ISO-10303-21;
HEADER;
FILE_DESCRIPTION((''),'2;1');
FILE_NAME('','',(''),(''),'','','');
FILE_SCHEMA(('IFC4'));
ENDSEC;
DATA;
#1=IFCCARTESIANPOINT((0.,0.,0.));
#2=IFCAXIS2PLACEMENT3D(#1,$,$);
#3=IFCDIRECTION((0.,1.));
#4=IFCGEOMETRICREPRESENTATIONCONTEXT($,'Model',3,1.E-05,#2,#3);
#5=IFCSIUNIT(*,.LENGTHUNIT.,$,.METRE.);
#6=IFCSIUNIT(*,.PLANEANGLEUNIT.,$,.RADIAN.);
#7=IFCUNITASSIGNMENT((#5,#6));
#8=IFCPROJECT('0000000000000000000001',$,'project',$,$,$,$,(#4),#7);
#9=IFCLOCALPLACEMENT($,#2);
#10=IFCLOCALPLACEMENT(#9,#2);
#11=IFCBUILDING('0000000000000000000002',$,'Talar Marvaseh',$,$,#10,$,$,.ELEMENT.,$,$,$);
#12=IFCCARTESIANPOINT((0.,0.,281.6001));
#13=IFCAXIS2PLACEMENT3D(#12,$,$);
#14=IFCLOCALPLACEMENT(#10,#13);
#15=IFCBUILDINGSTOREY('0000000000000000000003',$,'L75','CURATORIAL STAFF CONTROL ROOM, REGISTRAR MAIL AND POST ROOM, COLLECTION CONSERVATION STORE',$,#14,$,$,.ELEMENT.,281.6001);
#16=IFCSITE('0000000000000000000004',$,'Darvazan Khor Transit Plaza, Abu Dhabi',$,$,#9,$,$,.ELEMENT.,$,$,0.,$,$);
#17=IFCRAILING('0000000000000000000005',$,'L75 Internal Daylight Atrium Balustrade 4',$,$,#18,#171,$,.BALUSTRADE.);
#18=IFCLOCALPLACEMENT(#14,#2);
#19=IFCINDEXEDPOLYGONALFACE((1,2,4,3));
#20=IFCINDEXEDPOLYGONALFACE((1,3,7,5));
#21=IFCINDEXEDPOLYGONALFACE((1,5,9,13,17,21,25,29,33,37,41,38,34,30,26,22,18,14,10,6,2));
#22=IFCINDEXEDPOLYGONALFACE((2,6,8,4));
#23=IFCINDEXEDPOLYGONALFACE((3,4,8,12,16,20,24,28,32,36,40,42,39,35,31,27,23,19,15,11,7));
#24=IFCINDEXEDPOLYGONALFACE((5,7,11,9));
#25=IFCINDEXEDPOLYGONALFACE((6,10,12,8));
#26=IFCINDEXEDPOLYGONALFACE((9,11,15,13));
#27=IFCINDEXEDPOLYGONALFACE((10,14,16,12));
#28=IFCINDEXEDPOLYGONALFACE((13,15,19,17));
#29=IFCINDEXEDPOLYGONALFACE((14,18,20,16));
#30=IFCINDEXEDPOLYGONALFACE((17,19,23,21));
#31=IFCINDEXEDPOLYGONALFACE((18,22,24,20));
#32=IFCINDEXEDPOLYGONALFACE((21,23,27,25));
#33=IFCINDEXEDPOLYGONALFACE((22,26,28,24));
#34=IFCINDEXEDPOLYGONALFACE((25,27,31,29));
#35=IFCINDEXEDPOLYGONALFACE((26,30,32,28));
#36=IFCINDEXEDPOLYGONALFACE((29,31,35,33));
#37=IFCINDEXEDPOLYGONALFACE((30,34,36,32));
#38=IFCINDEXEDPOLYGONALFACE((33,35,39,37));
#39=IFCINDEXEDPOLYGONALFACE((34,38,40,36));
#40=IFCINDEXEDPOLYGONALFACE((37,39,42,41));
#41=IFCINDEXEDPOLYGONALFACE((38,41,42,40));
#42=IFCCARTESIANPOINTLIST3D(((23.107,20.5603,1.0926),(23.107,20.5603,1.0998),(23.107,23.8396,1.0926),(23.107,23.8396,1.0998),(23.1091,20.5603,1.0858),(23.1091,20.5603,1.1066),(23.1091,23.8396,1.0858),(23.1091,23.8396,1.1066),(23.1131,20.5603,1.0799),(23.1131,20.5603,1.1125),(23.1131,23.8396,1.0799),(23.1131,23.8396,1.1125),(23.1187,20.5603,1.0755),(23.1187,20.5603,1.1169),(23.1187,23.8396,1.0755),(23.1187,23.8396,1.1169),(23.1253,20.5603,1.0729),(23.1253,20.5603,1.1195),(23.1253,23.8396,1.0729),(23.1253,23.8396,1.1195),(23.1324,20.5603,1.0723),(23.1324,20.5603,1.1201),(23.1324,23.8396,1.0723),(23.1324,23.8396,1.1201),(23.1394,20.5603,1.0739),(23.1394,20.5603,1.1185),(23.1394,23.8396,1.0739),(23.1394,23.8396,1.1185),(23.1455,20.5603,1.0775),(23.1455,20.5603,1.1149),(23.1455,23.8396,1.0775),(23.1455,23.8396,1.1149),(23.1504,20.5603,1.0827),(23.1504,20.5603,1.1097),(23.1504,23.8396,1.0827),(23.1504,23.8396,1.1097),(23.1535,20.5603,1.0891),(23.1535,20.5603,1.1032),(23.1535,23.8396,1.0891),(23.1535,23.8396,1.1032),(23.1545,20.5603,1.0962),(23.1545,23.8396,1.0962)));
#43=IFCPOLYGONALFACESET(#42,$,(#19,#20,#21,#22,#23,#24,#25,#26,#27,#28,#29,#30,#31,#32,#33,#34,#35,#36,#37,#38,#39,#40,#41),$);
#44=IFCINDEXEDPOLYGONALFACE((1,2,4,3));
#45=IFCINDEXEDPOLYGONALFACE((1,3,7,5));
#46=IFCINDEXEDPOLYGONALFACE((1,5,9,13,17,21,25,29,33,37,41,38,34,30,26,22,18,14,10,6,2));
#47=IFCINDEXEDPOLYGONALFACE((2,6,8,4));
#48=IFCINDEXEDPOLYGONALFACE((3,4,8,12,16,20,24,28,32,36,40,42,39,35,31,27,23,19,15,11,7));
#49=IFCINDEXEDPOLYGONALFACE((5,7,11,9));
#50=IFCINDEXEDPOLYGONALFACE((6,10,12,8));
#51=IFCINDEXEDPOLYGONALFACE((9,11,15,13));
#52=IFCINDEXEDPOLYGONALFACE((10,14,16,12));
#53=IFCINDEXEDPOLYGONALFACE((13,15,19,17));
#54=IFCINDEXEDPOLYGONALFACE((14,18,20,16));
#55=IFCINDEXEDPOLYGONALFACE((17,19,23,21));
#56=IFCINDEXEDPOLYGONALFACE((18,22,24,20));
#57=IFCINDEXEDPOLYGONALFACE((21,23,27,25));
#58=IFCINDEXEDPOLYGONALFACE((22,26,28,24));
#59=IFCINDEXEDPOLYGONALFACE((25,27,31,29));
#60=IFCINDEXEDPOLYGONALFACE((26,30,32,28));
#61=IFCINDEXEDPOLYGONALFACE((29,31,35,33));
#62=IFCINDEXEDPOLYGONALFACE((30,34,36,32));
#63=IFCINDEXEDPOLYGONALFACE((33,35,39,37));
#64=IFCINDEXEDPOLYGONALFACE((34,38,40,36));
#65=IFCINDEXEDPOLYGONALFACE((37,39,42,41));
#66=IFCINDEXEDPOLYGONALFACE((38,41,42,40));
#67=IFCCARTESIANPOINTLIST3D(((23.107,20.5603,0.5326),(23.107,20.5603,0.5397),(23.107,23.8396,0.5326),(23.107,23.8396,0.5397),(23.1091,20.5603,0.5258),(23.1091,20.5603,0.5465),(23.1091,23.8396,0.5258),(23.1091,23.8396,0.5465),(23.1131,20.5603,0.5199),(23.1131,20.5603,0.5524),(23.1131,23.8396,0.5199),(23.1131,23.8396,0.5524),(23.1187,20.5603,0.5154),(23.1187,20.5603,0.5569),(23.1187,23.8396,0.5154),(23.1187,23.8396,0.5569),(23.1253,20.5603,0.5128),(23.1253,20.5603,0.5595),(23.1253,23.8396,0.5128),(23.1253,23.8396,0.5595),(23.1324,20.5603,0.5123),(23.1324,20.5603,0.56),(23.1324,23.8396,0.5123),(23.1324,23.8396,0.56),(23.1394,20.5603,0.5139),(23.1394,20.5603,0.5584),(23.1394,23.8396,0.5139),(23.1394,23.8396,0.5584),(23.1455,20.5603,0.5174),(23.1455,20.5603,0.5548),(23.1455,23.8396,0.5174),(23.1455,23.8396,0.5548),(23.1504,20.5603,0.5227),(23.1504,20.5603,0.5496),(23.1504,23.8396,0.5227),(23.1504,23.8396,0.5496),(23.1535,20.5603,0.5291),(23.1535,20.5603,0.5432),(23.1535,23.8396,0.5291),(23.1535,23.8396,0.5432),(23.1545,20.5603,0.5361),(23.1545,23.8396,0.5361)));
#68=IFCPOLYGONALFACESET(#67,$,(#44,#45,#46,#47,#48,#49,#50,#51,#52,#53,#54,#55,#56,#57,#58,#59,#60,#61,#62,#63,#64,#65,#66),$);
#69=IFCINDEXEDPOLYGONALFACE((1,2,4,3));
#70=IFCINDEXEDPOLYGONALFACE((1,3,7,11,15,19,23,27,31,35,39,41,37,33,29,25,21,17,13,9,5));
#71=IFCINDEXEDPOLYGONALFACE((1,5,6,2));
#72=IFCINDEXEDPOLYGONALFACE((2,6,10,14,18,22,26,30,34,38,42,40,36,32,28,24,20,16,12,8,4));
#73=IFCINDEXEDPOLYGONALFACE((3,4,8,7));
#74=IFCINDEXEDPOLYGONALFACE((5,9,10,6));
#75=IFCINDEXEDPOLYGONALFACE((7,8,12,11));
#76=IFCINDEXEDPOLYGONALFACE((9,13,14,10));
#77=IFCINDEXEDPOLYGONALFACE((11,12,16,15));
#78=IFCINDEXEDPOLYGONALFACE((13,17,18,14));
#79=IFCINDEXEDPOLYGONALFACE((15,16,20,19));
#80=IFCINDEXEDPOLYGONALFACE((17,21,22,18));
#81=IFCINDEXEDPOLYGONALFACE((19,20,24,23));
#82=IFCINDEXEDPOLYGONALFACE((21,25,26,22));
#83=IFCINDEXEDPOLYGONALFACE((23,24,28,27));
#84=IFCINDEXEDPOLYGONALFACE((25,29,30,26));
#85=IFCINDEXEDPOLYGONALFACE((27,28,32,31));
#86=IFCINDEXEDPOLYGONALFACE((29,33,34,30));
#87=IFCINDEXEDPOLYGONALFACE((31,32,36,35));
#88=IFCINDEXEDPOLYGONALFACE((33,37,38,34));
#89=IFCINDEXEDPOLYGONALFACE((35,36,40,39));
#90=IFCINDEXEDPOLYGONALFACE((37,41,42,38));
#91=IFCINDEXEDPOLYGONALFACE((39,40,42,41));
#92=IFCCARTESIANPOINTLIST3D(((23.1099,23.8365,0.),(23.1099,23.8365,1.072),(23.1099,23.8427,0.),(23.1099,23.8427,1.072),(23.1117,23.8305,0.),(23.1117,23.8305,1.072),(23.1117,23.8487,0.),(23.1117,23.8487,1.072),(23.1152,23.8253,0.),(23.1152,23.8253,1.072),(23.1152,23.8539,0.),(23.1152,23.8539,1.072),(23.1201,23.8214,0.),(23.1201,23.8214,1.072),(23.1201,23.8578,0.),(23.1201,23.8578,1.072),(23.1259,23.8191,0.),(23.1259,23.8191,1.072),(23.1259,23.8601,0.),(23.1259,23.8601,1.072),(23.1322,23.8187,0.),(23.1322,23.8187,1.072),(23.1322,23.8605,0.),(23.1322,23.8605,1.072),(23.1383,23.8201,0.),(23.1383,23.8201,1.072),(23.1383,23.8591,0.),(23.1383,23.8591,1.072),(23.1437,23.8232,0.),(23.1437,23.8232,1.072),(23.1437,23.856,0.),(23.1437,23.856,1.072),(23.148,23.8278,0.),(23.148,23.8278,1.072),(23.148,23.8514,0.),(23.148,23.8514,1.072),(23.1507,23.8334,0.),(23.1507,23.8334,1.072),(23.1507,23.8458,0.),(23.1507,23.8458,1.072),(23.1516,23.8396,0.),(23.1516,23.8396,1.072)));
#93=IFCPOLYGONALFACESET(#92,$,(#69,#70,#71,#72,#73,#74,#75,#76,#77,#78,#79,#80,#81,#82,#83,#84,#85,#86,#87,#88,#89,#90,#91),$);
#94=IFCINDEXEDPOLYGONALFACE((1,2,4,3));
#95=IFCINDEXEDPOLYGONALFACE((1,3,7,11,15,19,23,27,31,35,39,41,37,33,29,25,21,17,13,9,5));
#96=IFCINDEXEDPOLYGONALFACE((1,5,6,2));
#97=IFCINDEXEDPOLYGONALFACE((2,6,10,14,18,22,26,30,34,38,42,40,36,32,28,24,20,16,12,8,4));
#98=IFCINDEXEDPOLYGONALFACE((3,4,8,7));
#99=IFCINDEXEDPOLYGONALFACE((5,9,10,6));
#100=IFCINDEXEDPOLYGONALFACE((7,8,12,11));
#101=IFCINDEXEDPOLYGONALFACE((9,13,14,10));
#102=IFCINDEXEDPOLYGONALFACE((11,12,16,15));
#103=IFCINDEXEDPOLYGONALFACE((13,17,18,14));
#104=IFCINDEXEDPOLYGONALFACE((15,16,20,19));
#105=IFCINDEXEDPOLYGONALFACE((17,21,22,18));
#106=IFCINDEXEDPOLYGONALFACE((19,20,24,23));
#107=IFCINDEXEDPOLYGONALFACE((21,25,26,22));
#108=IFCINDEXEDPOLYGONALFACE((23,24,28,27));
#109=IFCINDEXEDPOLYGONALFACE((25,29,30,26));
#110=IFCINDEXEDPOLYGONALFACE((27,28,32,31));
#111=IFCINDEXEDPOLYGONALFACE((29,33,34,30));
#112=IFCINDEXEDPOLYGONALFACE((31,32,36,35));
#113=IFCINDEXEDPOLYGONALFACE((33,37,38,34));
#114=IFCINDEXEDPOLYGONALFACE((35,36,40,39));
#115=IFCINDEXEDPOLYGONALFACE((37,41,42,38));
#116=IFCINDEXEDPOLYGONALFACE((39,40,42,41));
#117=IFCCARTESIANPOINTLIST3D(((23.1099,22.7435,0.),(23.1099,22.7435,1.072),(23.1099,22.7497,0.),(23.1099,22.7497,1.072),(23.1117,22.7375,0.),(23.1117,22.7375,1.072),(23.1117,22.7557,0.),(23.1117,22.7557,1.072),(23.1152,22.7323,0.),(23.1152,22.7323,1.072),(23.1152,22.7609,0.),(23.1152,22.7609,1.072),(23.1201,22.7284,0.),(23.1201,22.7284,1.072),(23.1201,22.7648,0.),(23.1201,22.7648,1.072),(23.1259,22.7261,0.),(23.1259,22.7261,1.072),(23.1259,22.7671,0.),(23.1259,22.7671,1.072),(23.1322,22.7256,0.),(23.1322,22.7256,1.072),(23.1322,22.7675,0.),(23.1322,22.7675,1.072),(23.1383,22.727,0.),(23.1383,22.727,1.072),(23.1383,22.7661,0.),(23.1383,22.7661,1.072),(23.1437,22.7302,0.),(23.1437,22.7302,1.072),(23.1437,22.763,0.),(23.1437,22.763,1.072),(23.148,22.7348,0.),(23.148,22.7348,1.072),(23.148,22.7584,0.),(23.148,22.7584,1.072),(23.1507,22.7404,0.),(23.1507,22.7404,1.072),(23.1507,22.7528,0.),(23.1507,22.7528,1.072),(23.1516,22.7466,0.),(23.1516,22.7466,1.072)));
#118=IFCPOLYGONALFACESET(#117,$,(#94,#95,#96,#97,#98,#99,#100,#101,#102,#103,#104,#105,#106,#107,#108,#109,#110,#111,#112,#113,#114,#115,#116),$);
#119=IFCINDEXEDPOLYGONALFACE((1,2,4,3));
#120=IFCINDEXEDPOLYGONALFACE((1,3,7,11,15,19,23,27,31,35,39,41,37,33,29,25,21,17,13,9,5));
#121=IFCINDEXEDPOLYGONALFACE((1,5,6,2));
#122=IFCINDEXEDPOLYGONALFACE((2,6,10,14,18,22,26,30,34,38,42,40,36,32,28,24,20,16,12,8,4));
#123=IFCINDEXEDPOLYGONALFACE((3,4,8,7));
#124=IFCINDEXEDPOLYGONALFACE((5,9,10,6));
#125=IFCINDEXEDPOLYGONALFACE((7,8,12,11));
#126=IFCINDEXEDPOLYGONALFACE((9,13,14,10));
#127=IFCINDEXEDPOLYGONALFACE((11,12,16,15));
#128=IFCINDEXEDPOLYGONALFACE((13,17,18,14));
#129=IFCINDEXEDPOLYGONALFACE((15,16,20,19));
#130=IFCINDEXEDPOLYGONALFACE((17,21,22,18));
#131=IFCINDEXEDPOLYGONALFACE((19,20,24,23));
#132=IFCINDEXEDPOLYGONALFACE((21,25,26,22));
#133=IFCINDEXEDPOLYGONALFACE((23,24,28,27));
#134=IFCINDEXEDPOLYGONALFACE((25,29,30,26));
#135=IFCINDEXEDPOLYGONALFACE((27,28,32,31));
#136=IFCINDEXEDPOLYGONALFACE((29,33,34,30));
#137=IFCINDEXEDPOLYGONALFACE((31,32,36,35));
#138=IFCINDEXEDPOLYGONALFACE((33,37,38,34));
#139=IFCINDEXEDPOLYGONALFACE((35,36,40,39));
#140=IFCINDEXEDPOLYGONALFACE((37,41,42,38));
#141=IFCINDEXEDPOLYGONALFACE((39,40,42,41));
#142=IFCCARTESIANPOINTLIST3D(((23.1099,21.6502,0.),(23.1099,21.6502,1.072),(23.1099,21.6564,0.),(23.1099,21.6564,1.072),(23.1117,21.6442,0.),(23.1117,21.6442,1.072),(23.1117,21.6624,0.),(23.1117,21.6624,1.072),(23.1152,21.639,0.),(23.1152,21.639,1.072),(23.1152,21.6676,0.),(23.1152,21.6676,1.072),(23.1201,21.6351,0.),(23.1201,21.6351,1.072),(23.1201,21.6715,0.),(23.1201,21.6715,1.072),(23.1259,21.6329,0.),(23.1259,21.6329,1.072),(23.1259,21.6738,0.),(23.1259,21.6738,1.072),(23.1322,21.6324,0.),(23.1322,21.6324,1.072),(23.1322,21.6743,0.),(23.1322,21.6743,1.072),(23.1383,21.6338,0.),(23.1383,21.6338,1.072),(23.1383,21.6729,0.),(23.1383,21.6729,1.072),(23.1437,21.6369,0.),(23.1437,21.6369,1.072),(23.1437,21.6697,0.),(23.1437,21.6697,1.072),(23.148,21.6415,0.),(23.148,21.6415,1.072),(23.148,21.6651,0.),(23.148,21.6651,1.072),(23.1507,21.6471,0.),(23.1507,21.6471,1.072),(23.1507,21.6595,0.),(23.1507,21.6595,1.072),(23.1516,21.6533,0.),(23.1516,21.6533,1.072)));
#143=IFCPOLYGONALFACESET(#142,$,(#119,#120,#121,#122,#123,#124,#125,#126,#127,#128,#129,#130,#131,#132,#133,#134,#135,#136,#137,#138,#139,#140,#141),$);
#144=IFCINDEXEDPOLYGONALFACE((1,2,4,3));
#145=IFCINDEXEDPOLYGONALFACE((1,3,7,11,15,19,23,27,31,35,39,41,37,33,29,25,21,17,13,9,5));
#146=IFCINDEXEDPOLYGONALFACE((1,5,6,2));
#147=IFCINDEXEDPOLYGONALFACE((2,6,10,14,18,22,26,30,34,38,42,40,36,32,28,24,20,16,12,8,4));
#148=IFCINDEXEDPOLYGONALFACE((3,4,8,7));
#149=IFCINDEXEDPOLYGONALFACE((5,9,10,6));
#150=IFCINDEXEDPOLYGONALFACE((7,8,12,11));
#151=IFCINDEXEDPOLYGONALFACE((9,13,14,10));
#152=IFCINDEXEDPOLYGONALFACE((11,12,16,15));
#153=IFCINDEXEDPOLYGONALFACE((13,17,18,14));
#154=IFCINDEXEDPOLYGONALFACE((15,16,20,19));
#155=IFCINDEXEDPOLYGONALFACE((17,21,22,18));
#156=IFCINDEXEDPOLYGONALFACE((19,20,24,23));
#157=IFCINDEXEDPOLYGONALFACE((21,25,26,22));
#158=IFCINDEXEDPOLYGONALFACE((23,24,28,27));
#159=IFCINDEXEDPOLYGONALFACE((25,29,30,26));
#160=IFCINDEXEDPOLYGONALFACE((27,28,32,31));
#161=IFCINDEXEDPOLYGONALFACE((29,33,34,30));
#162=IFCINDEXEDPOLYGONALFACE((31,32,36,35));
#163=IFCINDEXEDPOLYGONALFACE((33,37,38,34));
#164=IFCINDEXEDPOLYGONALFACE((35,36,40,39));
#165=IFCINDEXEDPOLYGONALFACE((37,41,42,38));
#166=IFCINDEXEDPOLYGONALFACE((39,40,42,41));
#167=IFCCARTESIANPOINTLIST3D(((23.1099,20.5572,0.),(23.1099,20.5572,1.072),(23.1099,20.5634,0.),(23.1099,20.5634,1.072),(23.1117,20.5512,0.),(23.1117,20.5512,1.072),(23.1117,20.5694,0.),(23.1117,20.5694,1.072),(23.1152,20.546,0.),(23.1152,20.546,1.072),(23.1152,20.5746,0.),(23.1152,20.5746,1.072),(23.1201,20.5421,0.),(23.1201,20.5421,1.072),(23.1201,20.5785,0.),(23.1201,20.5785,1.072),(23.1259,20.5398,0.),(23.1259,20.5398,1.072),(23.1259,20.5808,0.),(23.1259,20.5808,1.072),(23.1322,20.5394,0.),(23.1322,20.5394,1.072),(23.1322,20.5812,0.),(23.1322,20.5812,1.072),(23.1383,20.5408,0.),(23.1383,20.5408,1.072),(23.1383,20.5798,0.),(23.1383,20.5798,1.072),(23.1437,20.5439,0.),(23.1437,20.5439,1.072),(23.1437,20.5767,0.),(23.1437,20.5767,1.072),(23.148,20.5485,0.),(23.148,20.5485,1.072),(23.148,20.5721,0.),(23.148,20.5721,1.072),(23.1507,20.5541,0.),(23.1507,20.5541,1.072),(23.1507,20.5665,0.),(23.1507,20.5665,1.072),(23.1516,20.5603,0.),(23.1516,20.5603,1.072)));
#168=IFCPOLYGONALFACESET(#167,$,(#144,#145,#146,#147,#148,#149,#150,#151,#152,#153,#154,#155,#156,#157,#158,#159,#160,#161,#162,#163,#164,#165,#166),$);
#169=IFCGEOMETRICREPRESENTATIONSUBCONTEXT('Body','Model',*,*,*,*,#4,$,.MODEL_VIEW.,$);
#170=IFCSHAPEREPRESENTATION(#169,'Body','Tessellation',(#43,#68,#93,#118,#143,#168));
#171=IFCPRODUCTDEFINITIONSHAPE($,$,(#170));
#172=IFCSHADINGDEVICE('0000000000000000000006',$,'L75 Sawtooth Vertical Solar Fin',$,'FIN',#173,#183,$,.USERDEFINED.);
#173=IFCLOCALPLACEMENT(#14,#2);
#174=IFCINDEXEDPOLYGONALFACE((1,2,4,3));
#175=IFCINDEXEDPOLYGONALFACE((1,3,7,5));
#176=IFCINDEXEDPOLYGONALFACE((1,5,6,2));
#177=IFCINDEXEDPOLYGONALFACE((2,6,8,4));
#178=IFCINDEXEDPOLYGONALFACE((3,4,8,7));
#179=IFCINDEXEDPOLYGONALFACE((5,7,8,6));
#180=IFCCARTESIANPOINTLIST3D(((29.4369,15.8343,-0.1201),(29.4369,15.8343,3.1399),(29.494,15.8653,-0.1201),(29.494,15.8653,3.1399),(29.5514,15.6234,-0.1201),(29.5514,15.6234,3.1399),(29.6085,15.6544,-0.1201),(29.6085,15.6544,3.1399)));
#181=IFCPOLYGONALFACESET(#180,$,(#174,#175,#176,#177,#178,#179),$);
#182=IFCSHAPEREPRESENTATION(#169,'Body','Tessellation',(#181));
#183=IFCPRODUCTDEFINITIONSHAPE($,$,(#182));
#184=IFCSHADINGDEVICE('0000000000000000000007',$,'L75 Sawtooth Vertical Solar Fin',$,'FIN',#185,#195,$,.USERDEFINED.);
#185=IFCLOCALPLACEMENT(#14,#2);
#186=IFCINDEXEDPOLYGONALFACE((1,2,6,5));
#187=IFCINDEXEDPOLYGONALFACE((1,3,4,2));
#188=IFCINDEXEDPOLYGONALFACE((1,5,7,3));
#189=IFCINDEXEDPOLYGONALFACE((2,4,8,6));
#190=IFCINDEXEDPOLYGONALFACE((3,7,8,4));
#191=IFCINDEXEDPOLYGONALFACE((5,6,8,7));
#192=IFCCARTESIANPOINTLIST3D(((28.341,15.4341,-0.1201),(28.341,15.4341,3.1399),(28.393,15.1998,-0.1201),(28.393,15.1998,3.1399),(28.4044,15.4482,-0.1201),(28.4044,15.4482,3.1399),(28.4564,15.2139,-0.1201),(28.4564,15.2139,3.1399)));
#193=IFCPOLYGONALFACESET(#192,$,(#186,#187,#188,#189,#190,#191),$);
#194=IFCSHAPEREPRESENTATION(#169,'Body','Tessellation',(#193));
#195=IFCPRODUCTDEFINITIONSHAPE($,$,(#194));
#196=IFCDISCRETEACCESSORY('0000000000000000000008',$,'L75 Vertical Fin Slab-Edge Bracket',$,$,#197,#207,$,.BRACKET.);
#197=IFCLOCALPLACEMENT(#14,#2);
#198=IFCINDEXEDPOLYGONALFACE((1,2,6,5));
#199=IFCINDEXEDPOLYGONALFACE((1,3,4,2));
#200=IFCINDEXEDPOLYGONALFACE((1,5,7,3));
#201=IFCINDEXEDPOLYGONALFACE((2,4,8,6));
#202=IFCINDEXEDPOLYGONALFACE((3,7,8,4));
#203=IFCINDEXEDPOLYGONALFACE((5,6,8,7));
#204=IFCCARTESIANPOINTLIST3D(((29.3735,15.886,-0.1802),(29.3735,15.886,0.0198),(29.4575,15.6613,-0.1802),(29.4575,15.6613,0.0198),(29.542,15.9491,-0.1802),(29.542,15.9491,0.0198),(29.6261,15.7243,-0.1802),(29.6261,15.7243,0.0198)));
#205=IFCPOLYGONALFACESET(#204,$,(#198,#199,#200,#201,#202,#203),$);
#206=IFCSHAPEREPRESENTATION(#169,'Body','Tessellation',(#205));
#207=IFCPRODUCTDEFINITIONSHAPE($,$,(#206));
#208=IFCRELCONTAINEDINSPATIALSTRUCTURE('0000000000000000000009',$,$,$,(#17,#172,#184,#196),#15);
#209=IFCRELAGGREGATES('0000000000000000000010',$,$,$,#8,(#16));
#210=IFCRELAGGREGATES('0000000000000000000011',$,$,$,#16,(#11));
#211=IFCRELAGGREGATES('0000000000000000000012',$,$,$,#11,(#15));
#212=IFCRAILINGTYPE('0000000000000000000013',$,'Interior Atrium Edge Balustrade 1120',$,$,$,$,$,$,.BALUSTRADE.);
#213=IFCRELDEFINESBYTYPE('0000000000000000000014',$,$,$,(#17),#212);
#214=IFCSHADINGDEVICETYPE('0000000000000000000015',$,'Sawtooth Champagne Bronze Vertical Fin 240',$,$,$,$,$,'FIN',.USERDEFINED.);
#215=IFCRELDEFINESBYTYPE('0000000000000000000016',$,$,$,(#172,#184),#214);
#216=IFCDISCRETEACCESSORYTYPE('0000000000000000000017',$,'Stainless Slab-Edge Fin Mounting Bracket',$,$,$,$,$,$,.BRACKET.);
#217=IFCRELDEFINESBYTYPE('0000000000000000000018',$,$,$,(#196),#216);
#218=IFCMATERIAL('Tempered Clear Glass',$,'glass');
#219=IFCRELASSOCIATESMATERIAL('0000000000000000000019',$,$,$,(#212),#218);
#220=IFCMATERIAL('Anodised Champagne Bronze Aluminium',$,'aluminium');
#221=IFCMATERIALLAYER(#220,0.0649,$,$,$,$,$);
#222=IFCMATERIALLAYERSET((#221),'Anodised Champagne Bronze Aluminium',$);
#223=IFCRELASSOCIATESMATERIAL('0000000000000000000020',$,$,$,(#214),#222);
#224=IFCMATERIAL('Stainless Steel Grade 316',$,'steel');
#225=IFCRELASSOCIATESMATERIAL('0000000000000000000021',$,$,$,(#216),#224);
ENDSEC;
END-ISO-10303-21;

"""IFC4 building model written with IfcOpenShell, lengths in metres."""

from ifc_helpers import new_model, si_unit, direction, frame, origin, origin_2d, place, context, subcontext, project, spatial, rectangle, circle, extrude, source, transform, mapped, material, layer, layer_set, type_object, type_shapes, element, save


model = new_model("IFC4")

# Units and contexts
model_context = context("Model", 3, precision=1e-05, world=origin(), true_north=direction((0.0, 1.0)))
body_context = subcontext(model_context, "Body", "Model", "MODEL_VIEW")
ifc_project = project(units=[si_unit("LENGTHUNIT", "METRE"), si_unit("PLANEANGLEUNIT", "RADIAN")], contexts=[model_context])

# Site, building, storey
site_placement = place(None, origin())
site = spatial("IfcSite", under=ifc_project, at=site_placement, Name="Darvazan Khor Transit Plaza, Abu Dhabi", CompositionType="ELEMENT", RefElevation=0.0)
building_placement = place(site_placement, origin())
building = spatial("IfcBuilding", under=site, at=building_placement, Name="Talar Marvaseh", CompositionType="ELEMENT")
storey_placement = place(building_placement, frame((0.0, 0.0, 281.6001)))
storey = spatial("IfcBuildingStorey", under=building, at=storey_placement, Name="L75", Description="CURATORIAL STAFF CONTROL ROOM, REGISTRAR MAIL AND POST ROOM, COLLECTION CONSERVATION STORE", CompositionType="ELEMENT", Elevation=281.6001)

# Railing
ifc_material_1 = material(Name="Tempered Clear Glass", Category="glass")
railing_type = type_object("IfcRailingType", Name="Interior Atrium Edge Balustrade 1120", PredefinedType="BALUSTRADE", material=ifc_material_1)
railing_1_placement = place(storey_placement, frame((23.1306, 23.8396, 0.0)))
element("IfcRailing", 1, at=railing_1_placement, inside=storey, type_object=railing_type, Name="L75 Internal Daylight Atrium Balustrade 4", PredefinedType="BALUSTRADE", context=body_context, shape_type="SweptSolid", body=[
    extrude(circle(Radius=0.0239, at=origin_2d()), frame((0.0, 0.0, 1.0962), z_axis=(0.0, -1.0, 0.0), x_axis=(1.0, 0.0, 0.0)), (0.0, 0.0, 1.0), 3.2793),
    extrude(circle(Radius=0.0239, at=origin_2d()), frame((0.0, 0.0, 0.5361), z_axis=(0.0, -1.0, 0.0), x_axis=(1.0, 0.0, 0.0)), (0.0, 0.0, 1.0), 3.2793),
    extrude(circle(Radius=0.021, at=origin_2d()), origin(), (0.0, 0.0, 1.0), 1.072),
    extrude(circle(Radius=0.021, at=origin_2d()), frame((0.0, -1.093, 0.0)), (0.0, 0.0, 1.0), 1.072),
    extrude(circle(Radius=0.021, at=origin_2d()), frame((0.0, -2.1863, 0.0)), (0.0, 0.0, 1.0), 1.072),
    extrude(circle(Radius=0.021, at=origin_2d()), frame((0.0, -3.2793, 0.0)), (0.0, 0.0, 1.0), 1.072),
])

# Shading devices
ifc_material_2 = material(Name="Anodised Champagne Bronze Aluminium", Category="aluminium")
ifc_layer_1 = layer(ifc_material_2, 0.0649)
ifc_layer_set_1 = layer_set([ifc_layer_1], Name="Anodised Champagne Bronze Aluminium")
shading_device_type = type_object("IfcShadingDeviceType", Name="Sawtooth Champagne Bronze Vertical Fin 240", ElementType="FIN", PredefinedType="USERDEFINED", material=ifc_layer_set_1)
shared_shape_1 = source(origin(), body_context, "Body", "SweptSolid", [
    extrude(rectangle(XDim=0.24, YDim=0.0649, at=origin_2d()), origin(), (0.0, 0.0, 1.0), 3.26),
])
type_shapes(shading_device_type, [shared_shape_1])
for number, where, z_axis, x_axis, name in (
    (2, (29.5227, 15.7444, -0.1201), (0.0, 0.0, 1.0), (0.477312, -0.878734, 0.0), "L75 Sawtooth Vertical Solar Fin"),
    (3, (28.3987, 15.324, -0.1201), (0.0, 0.0, 1.0), (0.21661, -0.976258, 0.0), "L75 Sawtooth Vertical Solar Fin"),
):
    element("IfcShadingDevice", number, at=place(storey_placement, frame(where, z_axis=z_axis, x_axis=x_axis)), inside=storey, type_object=shading_device_type, Name=name, ObjectType="FIN", PredefinedType="USERDEFINED", context=body_context, shape_type="MappedRepresentation", body=[
        mapped(shared_shape_1, transform((0.0, 0.0, 0.0), x_axis=(1.0, 0.0, 0.0), y_axis=(0.0, 1.0, 0.0), z_axis=(0.0, 0.0, 1.0), scale=1.0)),
    ])

# Discrete accessory
ifc_material_3 = material(Name="Stainless Steel Grade 316", Category="steel")
discrete_accessory_type = type_object("IfcDiscreteAccessoryType", Name="Stainless Slab-Edge Fin Mounting Bracket", PredefinedType="BRACKET", material=ifc_material_3)
shared_shape_2 = source(origin(), body_context, "Body", "SweptSolid", [
    extrude(rectangle(XDim=0.24, YDim=0.1799, at=origin_2d()), origin(), (0.0, 0.0, 1.0), 0.2),
])
type_shapes(discrete_accessory_type, [shared_shape_2])
for number, where, z_axis, x_axis, name in (
    (4, (29.4998, 15.8052, -0.1802), (0.0, 0.0, 1.0), (0.350371, -0.936611, 0.0), "L75 Vertical Fin Slab-Edge Bracket"),
):
    element("IfcDiscreteAccessory", number, at=place(storey_placement, frame(where, z_axis=z_axis, x_axis=x_axis)), inside=storey, type_object=discrete_accessory_type, Name=name, PredefinedType="BRACKET", context=body_context, shape_type="MappedRepresentation", body=[
        mapped(shared_shape_2, transform((0.0, 0.0, 0.0), x_axis=(1.0, 0.0, 0.0), y_axis=(0.0, 1.0, 0.0), z_axis=(0.0, 0.0, 1.0), scale=1.0)),
    ])

save(model, "model.ifc")
